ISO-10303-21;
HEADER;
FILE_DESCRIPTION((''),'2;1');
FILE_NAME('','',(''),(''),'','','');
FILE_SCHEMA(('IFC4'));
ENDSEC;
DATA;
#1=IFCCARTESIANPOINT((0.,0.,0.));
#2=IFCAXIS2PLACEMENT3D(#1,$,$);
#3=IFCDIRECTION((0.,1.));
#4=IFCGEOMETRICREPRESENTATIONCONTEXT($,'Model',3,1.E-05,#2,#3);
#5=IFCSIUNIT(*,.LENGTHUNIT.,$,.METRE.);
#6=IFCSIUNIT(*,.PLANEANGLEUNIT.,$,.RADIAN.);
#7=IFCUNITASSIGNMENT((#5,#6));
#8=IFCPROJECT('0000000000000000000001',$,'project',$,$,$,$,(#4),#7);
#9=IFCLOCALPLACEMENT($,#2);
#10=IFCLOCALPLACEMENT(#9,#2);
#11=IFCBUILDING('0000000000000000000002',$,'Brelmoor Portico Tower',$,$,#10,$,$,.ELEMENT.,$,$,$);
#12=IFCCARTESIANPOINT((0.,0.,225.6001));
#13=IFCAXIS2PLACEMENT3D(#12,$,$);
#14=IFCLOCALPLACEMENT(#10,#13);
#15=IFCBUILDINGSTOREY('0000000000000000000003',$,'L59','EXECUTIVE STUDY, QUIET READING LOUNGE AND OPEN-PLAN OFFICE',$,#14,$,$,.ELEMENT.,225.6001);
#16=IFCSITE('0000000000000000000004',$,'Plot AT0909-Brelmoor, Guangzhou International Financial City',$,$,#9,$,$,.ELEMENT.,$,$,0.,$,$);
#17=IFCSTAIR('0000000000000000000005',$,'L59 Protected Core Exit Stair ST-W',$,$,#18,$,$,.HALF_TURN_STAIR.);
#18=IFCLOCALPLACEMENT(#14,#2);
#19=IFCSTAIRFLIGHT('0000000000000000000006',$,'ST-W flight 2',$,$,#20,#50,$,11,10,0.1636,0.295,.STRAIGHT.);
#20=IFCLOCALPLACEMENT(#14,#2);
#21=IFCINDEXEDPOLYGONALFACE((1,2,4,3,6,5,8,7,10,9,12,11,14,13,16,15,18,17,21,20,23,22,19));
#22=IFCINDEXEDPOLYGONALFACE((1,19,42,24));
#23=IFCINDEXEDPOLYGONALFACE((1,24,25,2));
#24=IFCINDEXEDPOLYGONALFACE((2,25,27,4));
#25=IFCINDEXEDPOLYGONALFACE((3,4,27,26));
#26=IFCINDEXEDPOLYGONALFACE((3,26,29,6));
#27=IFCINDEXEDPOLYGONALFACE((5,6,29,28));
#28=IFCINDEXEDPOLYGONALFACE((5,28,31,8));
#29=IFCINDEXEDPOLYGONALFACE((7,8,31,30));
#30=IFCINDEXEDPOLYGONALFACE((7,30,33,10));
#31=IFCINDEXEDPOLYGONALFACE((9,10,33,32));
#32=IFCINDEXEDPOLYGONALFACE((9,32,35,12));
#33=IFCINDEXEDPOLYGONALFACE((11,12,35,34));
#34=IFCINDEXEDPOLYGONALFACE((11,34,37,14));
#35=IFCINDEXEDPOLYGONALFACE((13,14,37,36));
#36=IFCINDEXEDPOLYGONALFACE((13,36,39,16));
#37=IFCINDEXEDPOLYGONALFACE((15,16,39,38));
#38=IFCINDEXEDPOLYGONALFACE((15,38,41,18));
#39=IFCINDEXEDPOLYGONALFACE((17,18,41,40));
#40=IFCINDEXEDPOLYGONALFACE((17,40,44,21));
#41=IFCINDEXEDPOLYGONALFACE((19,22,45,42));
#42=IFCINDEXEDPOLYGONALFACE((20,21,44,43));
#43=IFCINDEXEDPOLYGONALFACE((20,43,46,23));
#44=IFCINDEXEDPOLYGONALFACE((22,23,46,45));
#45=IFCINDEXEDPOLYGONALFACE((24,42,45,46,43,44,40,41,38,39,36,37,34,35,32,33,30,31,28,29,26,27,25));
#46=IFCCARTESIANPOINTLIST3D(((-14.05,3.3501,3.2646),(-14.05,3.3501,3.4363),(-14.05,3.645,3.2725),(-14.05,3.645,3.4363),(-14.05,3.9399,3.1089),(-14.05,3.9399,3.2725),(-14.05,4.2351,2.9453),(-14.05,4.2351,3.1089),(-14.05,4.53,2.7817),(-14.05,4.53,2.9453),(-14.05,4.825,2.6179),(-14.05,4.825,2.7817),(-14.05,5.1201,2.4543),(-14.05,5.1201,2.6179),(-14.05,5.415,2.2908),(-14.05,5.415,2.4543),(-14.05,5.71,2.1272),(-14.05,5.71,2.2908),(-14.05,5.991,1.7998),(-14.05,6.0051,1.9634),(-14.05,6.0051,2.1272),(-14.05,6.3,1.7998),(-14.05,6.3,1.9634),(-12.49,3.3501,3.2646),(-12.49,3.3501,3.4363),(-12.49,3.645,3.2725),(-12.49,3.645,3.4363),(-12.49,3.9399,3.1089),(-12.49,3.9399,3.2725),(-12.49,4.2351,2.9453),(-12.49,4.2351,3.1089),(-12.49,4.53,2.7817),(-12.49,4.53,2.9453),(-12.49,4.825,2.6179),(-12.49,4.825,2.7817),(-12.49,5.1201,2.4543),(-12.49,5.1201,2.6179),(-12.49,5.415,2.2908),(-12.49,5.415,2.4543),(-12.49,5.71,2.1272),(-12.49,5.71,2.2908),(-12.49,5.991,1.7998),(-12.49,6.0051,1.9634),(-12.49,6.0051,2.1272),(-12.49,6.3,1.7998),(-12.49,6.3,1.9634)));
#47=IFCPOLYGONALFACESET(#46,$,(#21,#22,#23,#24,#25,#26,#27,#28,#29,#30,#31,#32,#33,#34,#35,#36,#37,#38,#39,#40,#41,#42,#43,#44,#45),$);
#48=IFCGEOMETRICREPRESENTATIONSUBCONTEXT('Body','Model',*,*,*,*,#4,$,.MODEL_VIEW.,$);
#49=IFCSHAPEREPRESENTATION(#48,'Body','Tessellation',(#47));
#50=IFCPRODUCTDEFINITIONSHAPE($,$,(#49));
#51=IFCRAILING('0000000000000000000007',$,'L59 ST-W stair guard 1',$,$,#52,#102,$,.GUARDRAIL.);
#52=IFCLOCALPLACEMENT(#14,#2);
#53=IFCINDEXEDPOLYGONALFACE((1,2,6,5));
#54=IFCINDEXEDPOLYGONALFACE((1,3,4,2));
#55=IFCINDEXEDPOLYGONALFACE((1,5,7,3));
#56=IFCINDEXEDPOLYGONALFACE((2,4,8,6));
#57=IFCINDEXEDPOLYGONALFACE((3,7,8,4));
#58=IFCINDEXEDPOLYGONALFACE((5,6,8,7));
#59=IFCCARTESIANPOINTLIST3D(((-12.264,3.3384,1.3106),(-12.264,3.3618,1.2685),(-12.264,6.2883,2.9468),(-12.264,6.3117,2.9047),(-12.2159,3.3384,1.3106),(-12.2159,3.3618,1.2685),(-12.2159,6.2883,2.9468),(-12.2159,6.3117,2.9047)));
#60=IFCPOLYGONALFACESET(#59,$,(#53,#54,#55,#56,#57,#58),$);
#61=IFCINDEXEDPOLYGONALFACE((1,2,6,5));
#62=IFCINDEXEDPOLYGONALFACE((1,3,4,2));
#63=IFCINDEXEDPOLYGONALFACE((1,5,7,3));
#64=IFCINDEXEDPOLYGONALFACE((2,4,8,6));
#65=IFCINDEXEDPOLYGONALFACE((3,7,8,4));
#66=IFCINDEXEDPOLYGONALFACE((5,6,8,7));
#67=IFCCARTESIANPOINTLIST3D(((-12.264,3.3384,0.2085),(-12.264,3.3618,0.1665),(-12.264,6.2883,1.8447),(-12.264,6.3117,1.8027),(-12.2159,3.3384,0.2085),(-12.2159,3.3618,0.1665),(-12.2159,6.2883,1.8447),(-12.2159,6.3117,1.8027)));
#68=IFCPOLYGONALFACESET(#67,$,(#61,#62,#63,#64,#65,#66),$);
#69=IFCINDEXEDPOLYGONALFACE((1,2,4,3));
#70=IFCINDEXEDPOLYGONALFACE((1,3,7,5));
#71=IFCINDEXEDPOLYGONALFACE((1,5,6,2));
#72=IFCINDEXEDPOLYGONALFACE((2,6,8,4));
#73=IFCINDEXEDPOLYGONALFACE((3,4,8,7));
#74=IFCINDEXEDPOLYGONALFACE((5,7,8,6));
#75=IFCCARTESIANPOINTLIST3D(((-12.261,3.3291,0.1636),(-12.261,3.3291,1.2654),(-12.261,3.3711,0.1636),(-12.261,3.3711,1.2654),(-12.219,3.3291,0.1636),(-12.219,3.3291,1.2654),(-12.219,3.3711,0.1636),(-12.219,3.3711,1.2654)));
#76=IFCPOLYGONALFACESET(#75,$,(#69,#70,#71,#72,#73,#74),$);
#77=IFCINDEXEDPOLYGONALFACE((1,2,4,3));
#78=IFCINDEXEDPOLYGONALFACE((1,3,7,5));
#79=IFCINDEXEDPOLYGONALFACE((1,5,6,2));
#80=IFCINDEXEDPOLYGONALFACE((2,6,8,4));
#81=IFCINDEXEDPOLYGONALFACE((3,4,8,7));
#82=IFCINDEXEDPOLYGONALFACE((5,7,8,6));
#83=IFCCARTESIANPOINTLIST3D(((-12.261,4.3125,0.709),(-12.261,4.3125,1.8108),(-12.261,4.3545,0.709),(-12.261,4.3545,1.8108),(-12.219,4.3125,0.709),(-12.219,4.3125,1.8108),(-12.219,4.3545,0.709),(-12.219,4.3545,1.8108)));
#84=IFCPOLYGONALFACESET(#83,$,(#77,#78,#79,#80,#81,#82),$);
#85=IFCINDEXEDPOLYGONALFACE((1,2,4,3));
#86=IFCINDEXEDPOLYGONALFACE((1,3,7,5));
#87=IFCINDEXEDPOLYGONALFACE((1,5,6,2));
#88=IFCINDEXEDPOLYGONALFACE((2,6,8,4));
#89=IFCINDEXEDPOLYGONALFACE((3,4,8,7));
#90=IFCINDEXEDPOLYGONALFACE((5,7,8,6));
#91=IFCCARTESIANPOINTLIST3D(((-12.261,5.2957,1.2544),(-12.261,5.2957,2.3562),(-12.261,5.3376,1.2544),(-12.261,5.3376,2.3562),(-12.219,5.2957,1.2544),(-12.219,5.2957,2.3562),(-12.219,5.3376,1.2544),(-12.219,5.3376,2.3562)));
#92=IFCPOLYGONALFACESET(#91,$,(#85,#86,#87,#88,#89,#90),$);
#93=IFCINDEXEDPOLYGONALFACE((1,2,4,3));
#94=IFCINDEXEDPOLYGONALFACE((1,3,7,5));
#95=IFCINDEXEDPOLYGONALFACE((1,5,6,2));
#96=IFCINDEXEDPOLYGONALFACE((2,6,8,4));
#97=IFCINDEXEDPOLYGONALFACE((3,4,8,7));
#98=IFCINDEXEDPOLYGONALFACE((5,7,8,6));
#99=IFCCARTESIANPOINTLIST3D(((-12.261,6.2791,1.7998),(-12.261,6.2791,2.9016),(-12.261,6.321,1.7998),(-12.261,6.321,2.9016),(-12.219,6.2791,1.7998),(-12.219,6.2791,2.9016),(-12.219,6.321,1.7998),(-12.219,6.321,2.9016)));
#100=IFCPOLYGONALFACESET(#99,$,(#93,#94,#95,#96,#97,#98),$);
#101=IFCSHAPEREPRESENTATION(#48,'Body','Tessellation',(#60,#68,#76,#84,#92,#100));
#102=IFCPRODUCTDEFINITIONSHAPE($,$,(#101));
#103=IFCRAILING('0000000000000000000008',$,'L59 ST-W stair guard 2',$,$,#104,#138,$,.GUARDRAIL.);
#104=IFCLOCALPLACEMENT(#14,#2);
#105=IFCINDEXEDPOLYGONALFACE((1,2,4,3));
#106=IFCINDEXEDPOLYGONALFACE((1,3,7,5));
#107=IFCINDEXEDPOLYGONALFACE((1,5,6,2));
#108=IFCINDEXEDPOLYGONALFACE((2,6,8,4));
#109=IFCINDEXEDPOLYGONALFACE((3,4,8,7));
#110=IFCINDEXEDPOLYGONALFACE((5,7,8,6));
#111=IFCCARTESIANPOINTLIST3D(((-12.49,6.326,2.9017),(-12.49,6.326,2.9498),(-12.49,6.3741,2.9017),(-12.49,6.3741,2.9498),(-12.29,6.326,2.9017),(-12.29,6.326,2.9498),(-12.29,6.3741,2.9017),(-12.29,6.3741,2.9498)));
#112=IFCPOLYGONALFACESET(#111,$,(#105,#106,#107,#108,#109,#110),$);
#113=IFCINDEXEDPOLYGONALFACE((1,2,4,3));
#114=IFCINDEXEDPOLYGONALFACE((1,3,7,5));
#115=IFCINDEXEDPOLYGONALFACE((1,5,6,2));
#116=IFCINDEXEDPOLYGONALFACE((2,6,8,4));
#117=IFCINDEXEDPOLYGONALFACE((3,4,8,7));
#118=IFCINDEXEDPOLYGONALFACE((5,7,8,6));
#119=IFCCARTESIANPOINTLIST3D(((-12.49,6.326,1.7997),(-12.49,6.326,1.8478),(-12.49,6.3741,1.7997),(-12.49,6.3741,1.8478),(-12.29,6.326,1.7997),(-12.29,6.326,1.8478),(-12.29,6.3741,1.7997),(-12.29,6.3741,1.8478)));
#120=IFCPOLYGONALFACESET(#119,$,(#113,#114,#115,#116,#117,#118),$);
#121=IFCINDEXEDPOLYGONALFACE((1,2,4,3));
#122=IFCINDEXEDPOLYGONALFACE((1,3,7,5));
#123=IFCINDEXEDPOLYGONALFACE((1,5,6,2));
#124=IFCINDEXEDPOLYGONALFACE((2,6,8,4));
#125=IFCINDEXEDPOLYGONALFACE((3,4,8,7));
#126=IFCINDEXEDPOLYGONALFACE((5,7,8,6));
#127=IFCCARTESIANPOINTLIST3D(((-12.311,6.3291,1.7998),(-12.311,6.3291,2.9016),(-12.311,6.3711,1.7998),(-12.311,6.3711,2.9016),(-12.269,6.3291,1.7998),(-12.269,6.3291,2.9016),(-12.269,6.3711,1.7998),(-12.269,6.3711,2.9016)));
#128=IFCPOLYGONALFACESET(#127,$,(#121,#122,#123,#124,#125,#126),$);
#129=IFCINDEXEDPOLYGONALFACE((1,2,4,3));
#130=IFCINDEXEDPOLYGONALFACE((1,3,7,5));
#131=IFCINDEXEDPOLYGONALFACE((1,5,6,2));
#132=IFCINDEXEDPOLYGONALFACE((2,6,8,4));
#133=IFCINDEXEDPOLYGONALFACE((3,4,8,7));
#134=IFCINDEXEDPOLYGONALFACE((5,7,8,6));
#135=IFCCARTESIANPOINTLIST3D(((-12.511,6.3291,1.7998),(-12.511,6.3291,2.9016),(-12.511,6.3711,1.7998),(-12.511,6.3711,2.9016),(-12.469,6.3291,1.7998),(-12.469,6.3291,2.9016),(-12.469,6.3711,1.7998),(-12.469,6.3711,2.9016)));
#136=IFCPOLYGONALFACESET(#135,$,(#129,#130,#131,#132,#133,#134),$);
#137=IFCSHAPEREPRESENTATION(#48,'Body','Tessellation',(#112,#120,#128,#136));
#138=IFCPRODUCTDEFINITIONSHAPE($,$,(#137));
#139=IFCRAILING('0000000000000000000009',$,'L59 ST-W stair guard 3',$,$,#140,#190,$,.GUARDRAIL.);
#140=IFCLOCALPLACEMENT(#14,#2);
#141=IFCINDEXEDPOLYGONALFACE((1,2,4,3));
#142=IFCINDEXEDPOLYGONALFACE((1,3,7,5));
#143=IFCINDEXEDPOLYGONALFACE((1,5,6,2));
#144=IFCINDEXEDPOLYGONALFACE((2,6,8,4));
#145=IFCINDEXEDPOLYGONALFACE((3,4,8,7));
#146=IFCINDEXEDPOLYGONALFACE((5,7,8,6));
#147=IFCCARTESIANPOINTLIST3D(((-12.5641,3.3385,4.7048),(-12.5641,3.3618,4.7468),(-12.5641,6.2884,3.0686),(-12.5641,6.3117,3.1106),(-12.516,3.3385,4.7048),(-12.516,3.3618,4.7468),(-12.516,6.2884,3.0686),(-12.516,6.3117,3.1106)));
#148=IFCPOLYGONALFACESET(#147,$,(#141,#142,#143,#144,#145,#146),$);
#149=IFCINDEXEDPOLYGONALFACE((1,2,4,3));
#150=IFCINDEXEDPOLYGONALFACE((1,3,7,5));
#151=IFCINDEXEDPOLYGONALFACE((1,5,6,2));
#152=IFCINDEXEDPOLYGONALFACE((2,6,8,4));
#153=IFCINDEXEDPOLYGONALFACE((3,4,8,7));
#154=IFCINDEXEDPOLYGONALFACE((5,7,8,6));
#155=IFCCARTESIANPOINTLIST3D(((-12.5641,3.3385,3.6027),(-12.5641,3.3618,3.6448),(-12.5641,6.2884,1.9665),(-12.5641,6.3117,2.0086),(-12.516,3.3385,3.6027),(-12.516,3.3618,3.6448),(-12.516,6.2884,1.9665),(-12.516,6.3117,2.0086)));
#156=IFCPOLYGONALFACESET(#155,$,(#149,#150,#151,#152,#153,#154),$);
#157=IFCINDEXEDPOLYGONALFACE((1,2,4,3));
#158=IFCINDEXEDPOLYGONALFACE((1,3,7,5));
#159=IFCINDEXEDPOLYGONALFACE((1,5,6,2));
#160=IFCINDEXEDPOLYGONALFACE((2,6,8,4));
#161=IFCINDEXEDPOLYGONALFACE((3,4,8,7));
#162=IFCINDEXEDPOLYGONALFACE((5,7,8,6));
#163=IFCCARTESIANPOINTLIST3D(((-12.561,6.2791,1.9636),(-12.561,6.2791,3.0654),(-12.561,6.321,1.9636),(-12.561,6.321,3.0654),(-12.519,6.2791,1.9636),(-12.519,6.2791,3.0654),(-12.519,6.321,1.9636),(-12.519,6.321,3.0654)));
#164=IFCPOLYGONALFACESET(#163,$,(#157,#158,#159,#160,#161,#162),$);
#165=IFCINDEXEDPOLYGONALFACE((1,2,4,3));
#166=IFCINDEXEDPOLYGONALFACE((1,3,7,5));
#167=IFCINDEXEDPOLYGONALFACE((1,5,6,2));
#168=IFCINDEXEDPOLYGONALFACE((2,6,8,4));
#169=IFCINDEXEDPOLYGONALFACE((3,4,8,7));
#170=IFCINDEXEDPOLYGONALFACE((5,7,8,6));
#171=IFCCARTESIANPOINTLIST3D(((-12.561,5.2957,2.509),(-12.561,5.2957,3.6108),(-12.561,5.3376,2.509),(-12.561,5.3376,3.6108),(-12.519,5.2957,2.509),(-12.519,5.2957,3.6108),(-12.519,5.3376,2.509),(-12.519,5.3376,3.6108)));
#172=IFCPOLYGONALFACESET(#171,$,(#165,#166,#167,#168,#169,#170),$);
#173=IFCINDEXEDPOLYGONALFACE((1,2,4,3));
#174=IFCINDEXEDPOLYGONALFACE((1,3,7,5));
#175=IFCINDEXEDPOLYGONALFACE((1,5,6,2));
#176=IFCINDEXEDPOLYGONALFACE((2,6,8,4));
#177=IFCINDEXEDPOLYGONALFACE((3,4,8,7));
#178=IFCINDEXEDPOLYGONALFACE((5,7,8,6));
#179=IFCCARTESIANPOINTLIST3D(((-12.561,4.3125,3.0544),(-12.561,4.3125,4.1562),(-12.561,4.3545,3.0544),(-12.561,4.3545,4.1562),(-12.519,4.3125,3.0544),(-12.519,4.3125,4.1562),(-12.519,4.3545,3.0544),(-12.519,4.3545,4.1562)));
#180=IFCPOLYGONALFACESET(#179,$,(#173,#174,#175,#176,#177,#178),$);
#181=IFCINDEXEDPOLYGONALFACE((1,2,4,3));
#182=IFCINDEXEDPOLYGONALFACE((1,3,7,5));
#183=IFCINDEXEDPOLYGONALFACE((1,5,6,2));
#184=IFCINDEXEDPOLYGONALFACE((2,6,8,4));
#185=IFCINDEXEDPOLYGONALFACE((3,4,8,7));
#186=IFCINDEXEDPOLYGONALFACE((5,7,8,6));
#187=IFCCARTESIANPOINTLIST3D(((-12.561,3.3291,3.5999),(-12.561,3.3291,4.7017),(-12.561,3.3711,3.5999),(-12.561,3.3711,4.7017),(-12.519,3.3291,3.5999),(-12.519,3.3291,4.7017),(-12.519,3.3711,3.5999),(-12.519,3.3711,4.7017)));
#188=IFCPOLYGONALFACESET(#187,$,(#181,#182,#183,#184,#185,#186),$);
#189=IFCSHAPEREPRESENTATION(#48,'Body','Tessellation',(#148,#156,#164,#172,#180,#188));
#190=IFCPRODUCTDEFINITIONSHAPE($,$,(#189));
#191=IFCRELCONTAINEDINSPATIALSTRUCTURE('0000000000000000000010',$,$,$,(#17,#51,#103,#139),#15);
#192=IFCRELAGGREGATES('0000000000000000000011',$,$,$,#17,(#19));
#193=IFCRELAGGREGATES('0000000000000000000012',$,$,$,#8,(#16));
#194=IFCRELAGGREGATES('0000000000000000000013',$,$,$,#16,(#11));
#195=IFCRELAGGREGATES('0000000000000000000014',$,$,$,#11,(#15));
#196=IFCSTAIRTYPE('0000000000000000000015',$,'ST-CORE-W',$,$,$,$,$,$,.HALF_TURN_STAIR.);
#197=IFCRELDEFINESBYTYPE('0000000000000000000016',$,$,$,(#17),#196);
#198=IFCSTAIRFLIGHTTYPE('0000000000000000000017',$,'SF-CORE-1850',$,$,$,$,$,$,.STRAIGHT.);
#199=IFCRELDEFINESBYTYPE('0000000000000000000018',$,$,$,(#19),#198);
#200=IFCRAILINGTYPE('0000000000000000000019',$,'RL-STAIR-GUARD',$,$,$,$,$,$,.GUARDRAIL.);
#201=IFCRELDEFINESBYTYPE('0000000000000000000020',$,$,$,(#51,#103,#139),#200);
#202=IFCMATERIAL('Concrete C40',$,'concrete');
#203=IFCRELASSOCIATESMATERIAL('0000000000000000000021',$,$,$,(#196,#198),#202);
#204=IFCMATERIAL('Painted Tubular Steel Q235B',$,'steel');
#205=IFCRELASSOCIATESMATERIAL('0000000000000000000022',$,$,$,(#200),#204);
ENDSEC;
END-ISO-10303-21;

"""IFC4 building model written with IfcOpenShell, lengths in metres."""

from ifc_helpers import new_model, si_unit, direction, frame, origin, origin_2d, place, context, subcontext, project, spatial, polyline, rectangle, outline, extrude, material, type_object, element, aggregate, save


model = new_model("IFC4")

# Units and contexts
model_context = context("Model", 3, precision=1e-05, world=origin(), true_north=direction((0.0, 1.0)))
body_context = subcontext(model_context, "Body", "Model", "MODEL_VIEW")
ifc_project = project(units=[si_unit("LENGTHUNIT", "METRE"), si_unit("PLANEANGLEUNIT", "RADIAN")], contexts=[model_context])

# Site, building, storey
site_placement = place(None, origin())
site = spatial("IfcSite", under=ifc_project, at=site_placement, Name="Plot AT0909-Brelmoor, Guangzhou International Financial City", CompositionType="ELEMENT", RefElevation=0.0)
building_placement = place(site_placement, origin())
building = spatial("IfcBuilding", under=site, at=building_placement, Name="Brelmoor Portico Tower", CompositionType="ELEMENT")
storey_placement = place(building_placement, frame((0.0, 0.0, 225.6001)))
storey = spatial("IfcBuildingStorey", under=building, at=storey_placement, Name="L59", Description="EXECUTIVE STUDY, QUIET READING LOUNGE AND OPEN-PLAN OFFICE", CompositionType="ELEMENT", Elevation=225.6001)

# Shared definitions
ifc_material_1 = material(Name="Concrete C40", Category="concrete")

# Stair, stair flight
stair_type = type_object("IfcStairType", Name="ST-CORE-W", PredefinedType="HALF_TURN_STAIR", material=ifc_material_1)
stair_placement = place(storey_placement, origin())
stair = element("IfcStair", 1, at=stair_placement, inside=storey, type_object=stair_type, Name="L59 Protected Core Exit Stair ST-W", PredefinedType="HALF_TURN_STAIR")
stair_flight_type = type_object("IfcStairFlightType", Name="SF-CORE-1850", PredefinedType="STRAIGHT", material=ifc_material_1)
stair_flight_1_placement = place(storey_placement, frame((-13.27, 6.3, 1.7998), z_axis=(0.0, 0.0, 1.0), x_axis=(0.0, -1.0, 0.0)))
stair_flight_1 = element("IfcStairFlight", 2, at=stair_flight_1_placement, type_object=stair_flight_type, Name="ST-W flight 2", NumberOfRisers=11, NumberOfTreads=10, PredefinedType="STRAIGHT", RiserHeight=0.1636, TreadLength=0.295, context=body_context, shape_type="SweptSolid", body=[
    extrude(outline(polyline([(0.0, 0.0), (0.0, 0.1636), (0.2949, 0.1636), (0.2949, 0.3274), (0.5901, 0.3274), (0.5901, 0.491), (0.885, 0.491), (0.885, 0.6545), (1.1799, 0.6545), (1.1799, 0.8181), (1.4751, 0.8181), (1.4751, 0.9819), (1.77, 0.9819), (1.77, 1.1455), (2.0649, 1.1455), (2.0649, 1.3091), (2.3601, 1.3091), (2.3601, 1.4727), (2.655, 1.4727), (2.655, 1.6365), (2.95, 1.6365), (2.95, 1.8), (2.95, 1.4648), (0.3091, 0.0), (0.0, 0.0)])), frame((0.0, 0.78, 0.0), z_axis=(0.0, -1.0, 0.0), x_axis=(1.0, 0.0, 0.0)), (0.0, 0.0, 1.0), 1.5601),
])
aggregate(stair, [stair_flight_1])

# Railings
ifc_material_2 = material(Name="Painted Tubular Steel Q235B", Category="steel")
railing_type_1 = type_object("IfcRailingType", Name="RL-STAIR-GUARD", PredefinedType="GUARDRAIL", material=ifc_material_2)
railing_1_placement = place(storey_placement, frame((-12.24, 3.3501, 0.1636)))
element("IfcRailing", 3, at=railing_1_placement, inside=storey, type_object=railing_type_1, Name="L59 ST-W stair guard 1", PredefinedType="GUARDRAIL", context=body_context, shape_type="SweptSolid", body=[
    extrude(rectangle(XDim=0.0481, YDim=0.0481, at=origin_2d()), frame((0.0, 0.0, 1.126), z_axis=(0.0, 0.874488, 0.485047), x_axis=(-1.0, 0.0, 0.0)), (0.0, 0.0, 1.0), 3.3733),
    extrude(rectangle(XDim=0.0481, YDim=0.0481, at=origin_2d()), frame((0.0, 0.0, 0.0239), z_axis=(0.0, 0.874488, 0.485047), x_axis=(-1.0, 0.0, 0.0)), (0.0, 0.0, 1.0), 3.3733),
    extrude(rectangle(XDim=0.042, YDim=0.042, at=origin_2d()), origin(), (0.0, 0.0, 1.0), 1.1018),
    extrude(rectangle(XDim=0.042, YDim=0.042, at=origin_2d()), frame((0.0, 0.9834, 0.5454)), (0.0, 0.0, 1.0), 1.1018),
    extrude(rectangle(XDim=0.042, YDim=0.042, at=origin_2d()), frame((0.0, 1.9666, 1.0908)), (0.0, 0.0, 1.0), 1.1018),
    extrude(rectangle(XDim=0.042, YDim=0.042, at=origin_2d()), frame((0.0, 2.95, 1.6362)), (0.0, 0.0, 1.0), 1.1018),
])
railing_2_placement = place(storey_placement, frame((-12.29, 6.3501, 1.7998)))
element("IfcRailing", 4, at=railing_2_placement, inside=storey, type_object=railing_type_1, Name="L59 ST-W stair guard 2", PredefinedType="GUARDRAIL", context=body_context, shape_type="SweptSolid", body=[
    extrude(rectangle(XDim=0.0481, YDim=0.0481, at=origin_2d()), frame((0.0, 0.0, 1.126), z_axis=(-1.0, 0.0, 0.0), x_axis=(0.0, -1.0, 0.0)), (0.0, 0.0, 1.0), 0.2),
    extrude(rectangle(XDim=0.0481, YDim=0.0481, at=origin_2d()), frame((0.0, 0.0, 0.0239), z_axis=(-1.0, 0.0, 0.0), x_axis=(0.0, -1.0, 0.0)), (0.0, 0.0, 1.0), 0.2),
    extrude(rectangle(XDim=0.042, YDim=0.042, at=origin_2d()), origin(), (0.0, 0.0, 1.0), 1.1018),
    extrude(rectangle(XDim=0.042, YDim=0.042, at=origin_2d()), frame((-0.2, 0.0, 0.0)), (0.0, 0.0, 1.0), 1.1018),
])
railing_3_placement = place(storey_placement, frame((-12.54, 6.3, 1.9636)))
element("IfcRailing", 5, at=railing_3_placement, inside=storey, type_object=railing_type_1, Name="L59 ST-W stair guard 3", PredefinedType="GUARDRAIL", context=body_context, shape_type="SweptSolid", body=[
    extrude(rectangle(XDim=0.0481, YDim=0.0481, at=origin_2d()), frame((0.0, 0.0, 1.126), z_axis=(0.0, -0.874488, 0.485047), x_axis=(1.0, 0.0, 0.0)), (0.0, 0.0, 1.0), 3.3733),
    extrude(rectangle(XDim=0.0481, YDim=0.0481, at=origin_2d()), frame((0.0, 0.0, 0.0239), z_axis=(0.0, -0.874488, 0.485047), x_axis=(1.0, 0.0, 0.0)), (0.0, 0.0, 1.0), 3.3733),
    extrude(rectangle(XDim=0.042, YDim=0.042, at=origin_2d()), origin(), (0.0, 0.0, 1.0), 1.1018),
    extrude(rectangle(XDim=0.042, YDim=0.042, at=origin_2d()), frame((0.0, -0.9834, 0.5454)), (0.0, 0.0, 1.0), 1.1018),
    extrude(rectangle(XDim=0.042, YDim=0.042, at=origin_2d()), frame((0.0, -1.9666, 1.0908)), (0.0, 0.0, 1.0), 1.1018),
    extrude(rectangle(XDim=0.042, YDim=0.042, at=origin_2d()), frame((0.0, -2.95, 1.6362)), (0.0, 0.0, 1.0), 1.1018),
])

save(model, "model.ifc")
